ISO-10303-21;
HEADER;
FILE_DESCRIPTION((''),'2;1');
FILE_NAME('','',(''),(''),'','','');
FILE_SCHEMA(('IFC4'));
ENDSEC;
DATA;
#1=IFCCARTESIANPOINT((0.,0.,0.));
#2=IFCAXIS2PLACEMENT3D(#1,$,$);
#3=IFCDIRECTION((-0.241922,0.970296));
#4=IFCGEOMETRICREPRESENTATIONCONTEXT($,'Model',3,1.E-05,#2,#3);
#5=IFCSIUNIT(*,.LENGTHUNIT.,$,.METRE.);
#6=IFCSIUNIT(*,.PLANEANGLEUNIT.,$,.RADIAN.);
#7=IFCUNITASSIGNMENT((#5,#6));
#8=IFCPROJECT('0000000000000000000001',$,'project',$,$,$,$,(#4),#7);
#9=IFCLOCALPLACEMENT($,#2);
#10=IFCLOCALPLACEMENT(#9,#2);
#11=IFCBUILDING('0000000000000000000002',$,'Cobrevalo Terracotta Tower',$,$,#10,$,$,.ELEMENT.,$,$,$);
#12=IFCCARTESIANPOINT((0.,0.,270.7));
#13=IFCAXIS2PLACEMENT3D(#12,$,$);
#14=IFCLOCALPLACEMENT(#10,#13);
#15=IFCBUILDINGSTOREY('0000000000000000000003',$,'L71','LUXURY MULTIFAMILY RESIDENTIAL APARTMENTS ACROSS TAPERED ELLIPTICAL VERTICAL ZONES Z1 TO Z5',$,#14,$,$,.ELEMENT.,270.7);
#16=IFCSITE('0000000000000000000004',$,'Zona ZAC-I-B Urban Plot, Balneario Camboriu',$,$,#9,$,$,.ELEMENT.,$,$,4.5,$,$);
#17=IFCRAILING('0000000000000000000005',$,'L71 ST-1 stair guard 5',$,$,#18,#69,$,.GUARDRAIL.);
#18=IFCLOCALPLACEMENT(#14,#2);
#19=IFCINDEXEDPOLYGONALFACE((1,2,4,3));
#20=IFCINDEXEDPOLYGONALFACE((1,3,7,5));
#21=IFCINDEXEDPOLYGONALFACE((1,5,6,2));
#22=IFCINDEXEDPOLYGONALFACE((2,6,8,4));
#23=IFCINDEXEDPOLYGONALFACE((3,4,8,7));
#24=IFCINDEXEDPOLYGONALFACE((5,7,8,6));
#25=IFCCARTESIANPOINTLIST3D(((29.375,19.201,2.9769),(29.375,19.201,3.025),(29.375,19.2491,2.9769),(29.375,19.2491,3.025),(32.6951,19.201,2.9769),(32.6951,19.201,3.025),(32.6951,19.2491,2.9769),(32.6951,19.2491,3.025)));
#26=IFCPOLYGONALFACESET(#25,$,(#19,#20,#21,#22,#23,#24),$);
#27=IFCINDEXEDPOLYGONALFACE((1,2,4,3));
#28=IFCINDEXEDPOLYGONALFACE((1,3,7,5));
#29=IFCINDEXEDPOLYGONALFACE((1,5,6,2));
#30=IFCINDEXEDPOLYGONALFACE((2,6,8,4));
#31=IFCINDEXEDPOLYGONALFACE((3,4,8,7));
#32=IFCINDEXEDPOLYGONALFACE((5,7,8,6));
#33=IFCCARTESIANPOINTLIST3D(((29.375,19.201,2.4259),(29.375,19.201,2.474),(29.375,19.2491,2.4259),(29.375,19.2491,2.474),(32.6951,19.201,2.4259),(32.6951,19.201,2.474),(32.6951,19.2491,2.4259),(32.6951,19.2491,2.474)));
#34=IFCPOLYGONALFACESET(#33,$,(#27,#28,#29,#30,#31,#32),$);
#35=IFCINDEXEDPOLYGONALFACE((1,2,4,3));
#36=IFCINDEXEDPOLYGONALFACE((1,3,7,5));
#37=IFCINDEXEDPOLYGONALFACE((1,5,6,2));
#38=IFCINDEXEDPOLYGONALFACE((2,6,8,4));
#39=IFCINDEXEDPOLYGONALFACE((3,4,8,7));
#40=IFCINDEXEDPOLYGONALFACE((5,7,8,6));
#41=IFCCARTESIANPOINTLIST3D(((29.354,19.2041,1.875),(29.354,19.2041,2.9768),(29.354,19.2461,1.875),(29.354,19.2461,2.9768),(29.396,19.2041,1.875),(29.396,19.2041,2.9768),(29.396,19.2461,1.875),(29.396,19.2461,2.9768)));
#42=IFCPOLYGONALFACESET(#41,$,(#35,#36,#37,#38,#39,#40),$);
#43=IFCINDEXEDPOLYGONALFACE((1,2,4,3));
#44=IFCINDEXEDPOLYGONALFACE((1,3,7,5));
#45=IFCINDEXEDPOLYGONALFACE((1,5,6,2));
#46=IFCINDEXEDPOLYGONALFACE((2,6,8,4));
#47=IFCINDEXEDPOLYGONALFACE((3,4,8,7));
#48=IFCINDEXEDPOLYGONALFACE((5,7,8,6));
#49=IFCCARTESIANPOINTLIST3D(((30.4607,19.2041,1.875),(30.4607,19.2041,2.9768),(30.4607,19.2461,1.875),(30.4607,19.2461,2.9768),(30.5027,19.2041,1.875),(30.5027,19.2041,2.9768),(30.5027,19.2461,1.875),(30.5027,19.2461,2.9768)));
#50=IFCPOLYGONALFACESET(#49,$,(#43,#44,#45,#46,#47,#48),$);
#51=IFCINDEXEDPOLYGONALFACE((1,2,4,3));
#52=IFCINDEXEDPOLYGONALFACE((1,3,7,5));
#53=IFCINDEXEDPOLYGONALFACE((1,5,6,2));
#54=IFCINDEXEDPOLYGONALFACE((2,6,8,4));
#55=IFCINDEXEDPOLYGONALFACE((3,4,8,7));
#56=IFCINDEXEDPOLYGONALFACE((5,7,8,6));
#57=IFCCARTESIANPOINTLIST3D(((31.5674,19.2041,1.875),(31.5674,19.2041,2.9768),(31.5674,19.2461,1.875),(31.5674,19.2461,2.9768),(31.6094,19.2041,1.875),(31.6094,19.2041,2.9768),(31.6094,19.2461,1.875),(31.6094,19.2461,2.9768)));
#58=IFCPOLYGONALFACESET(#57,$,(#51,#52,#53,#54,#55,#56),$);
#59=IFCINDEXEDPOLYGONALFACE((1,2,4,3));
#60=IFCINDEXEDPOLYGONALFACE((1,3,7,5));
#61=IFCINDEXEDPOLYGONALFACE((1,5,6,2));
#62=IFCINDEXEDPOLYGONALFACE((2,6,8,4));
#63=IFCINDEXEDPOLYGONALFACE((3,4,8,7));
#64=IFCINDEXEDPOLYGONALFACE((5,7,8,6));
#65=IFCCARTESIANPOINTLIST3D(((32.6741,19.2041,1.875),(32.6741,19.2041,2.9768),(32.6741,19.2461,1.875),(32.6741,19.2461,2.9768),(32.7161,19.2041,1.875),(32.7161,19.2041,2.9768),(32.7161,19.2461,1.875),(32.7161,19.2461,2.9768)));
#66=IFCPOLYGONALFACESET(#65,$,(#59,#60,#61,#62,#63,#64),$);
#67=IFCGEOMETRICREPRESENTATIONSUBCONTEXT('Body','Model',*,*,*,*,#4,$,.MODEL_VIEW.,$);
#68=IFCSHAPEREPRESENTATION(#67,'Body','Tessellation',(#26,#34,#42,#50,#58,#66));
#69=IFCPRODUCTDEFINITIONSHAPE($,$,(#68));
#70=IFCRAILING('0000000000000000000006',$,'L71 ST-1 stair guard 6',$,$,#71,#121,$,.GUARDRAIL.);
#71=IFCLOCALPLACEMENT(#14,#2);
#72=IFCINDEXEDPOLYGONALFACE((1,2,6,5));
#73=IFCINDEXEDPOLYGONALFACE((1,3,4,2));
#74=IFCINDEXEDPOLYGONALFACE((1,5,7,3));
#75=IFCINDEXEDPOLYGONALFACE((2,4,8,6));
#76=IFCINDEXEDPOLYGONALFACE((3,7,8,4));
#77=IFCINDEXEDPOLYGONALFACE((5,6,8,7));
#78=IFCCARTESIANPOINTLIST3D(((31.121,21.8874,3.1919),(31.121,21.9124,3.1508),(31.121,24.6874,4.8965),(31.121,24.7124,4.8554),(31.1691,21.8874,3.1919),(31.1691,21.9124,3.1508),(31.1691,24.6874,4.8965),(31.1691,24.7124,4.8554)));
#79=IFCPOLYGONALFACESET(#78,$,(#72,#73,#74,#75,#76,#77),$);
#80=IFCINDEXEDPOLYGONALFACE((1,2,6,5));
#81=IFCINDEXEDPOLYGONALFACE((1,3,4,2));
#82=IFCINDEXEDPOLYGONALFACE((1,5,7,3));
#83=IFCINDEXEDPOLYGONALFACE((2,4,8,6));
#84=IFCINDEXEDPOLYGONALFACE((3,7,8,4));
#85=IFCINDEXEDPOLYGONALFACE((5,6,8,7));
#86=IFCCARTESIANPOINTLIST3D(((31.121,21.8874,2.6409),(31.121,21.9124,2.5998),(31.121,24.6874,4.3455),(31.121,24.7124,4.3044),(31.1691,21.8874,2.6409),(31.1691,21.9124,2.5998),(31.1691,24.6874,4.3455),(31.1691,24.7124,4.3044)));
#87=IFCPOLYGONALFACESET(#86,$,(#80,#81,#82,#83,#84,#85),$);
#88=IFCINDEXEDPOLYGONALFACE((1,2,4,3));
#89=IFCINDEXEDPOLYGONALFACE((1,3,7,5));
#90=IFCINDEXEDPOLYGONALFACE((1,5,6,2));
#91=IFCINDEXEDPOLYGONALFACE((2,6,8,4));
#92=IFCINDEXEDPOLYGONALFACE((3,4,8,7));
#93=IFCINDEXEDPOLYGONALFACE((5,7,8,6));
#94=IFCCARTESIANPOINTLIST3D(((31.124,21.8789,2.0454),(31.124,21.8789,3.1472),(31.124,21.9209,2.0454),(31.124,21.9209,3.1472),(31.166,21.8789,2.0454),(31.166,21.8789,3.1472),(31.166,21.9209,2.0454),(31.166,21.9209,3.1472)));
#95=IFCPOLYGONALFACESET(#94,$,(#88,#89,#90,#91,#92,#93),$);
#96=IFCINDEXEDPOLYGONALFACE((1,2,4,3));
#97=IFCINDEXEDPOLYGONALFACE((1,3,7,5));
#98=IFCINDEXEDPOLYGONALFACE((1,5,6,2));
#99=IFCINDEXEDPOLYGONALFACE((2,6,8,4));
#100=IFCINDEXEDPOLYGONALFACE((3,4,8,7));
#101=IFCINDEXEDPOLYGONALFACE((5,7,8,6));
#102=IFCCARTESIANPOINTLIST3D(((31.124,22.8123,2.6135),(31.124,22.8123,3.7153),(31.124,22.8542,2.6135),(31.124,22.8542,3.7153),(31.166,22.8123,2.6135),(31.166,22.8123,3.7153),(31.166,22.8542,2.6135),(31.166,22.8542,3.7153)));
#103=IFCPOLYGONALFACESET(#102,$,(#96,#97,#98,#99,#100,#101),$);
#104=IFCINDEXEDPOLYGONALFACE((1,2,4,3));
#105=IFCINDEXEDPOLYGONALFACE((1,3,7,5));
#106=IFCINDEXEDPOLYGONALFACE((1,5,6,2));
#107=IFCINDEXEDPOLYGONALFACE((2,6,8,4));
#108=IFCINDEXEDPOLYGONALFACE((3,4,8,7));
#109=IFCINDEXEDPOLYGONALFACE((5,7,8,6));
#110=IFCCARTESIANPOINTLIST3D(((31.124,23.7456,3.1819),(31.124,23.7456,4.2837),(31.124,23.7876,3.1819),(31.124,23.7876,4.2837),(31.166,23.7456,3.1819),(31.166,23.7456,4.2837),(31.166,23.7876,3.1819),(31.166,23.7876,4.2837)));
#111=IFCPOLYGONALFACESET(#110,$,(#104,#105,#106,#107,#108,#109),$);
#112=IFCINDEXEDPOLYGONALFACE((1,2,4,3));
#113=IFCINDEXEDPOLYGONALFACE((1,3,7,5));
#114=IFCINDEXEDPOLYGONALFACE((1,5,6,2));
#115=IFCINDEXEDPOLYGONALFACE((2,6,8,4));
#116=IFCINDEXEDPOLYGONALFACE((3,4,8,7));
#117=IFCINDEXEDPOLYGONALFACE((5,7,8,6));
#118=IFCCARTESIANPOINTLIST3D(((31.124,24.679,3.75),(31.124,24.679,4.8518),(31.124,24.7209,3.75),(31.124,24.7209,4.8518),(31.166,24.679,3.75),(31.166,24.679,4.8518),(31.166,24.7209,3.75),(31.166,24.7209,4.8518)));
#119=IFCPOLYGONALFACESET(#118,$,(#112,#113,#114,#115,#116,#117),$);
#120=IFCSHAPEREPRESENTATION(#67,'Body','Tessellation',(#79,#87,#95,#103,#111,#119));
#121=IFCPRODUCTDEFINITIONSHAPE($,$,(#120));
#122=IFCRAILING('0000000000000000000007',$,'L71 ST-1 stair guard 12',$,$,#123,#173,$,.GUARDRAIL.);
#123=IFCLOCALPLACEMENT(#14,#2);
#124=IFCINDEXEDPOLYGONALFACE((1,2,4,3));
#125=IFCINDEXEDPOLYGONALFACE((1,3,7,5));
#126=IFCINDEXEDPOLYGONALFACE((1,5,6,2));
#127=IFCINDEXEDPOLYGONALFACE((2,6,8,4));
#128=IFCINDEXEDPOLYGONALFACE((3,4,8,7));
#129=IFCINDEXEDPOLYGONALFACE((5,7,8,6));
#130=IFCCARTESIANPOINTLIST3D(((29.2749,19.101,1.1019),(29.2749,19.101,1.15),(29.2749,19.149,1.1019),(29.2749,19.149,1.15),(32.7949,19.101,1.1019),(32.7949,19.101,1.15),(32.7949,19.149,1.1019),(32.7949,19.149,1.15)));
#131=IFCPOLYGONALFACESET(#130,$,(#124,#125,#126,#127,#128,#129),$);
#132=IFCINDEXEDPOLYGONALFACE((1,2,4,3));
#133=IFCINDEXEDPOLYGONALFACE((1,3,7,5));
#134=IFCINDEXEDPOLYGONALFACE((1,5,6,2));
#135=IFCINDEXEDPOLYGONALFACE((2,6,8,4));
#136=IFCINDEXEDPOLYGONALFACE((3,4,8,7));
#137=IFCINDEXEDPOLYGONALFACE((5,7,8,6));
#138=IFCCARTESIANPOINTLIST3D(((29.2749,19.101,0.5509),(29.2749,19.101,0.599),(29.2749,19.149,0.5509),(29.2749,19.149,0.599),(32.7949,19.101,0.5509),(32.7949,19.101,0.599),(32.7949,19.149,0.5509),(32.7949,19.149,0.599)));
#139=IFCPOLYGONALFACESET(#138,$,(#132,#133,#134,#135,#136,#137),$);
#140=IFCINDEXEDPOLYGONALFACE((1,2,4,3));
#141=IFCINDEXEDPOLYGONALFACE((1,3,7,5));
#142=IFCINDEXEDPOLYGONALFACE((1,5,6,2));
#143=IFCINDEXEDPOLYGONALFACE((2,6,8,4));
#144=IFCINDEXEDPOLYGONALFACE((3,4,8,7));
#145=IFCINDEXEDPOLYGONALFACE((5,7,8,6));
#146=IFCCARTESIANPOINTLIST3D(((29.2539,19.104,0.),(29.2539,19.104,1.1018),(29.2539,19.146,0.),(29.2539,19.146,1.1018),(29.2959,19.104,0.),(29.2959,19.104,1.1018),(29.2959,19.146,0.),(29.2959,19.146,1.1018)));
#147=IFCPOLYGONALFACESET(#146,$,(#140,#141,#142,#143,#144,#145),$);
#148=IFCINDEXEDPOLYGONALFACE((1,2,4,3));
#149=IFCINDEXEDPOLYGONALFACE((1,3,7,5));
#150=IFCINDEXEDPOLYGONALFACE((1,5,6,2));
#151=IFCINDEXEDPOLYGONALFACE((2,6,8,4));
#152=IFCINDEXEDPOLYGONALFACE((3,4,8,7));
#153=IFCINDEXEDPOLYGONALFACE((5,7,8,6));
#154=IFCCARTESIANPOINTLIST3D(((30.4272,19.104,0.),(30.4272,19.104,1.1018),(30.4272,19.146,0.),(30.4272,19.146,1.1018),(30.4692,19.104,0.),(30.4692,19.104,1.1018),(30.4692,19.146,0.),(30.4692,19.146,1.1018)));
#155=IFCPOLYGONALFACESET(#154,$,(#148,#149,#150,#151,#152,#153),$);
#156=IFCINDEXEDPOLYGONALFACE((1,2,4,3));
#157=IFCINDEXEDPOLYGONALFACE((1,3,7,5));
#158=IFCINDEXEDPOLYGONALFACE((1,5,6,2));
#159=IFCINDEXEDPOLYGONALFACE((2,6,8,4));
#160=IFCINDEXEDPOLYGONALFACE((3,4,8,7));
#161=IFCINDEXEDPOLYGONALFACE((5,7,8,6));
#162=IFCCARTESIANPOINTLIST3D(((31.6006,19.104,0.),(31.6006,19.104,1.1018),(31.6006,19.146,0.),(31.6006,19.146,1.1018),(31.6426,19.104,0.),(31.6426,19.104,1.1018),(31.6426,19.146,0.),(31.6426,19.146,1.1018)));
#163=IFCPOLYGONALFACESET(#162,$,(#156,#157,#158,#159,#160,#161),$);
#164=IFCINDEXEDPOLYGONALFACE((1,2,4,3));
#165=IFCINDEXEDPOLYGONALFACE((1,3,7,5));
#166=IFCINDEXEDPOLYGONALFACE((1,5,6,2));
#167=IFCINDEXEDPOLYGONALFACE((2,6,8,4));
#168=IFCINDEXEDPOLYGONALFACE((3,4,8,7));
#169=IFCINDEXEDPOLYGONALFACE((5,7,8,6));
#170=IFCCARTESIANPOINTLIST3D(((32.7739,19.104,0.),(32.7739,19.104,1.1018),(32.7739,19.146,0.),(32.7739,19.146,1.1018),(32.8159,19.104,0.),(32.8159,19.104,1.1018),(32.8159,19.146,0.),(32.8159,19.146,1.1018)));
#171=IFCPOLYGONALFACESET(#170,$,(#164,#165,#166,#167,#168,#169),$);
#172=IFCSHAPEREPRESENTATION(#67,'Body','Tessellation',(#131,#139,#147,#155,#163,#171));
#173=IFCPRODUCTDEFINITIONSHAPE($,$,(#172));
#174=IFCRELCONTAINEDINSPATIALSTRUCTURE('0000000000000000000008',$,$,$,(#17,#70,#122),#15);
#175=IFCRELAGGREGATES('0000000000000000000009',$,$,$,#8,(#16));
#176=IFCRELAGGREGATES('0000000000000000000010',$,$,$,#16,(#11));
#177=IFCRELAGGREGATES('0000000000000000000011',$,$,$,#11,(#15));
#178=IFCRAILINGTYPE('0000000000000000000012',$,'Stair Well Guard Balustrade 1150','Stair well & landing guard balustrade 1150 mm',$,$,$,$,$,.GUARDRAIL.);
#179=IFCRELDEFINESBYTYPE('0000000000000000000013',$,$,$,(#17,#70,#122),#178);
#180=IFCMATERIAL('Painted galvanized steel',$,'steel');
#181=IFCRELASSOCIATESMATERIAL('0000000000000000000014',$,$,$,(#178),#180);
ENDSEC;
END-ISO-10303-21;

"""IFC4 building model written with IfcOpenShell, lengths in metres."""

from ifc_helpers import new_model, si_unit, direction, frame, origin, origin_2d, place, context, subcontext, project, spatial, rectangle, extrude, material, type_object, element, save


model = new_model("IFC4")

# Units and contexts
model_context = context("Model", 3, precision=1e-05, world=origin(), true_north=direction((-0.241922, 0.970296)))
body_context = subcontext(model_context, "Body", "Model", "MODEL_VIEW")
ifc_project = project(units=[si_unit("LENGTHUNIT", "METRE"), si_unit("PLANEANGLEUNIT", "RADIAN")], contexts=[model_context])

# Site, building, storey
site_placement = place(None, origin())
site = spatial("IfcSite", under=ifc_project, at=site_placement, Name="Zona ZAC-I-B Urban Plot, Balneario Camboriu", CompositionType="ELEMENT", RefElevation=4.5)
building_placement = place(site_placement, origin())
building = spatial("IfcBuilding", under=site, at=building_placement, Name="Cobrevalo Terracotta Tower", CompositionType="ELEMENT")
storey_placement = place(building_placement, frame((0.0, 0.0, 270.7)))
storey = spatial("IfcBuildingStorey", under=building, at=storey_placement, Name="L71", Description="LUXURY MULTIFAMILY RESIDENTIAL APARTMENTS ACROSS TAPERED ELLIPTICAL VERTICAL ZONES Z1 TO Z5", CompositionType="ELEMENT", Elevation=270.7)

# Railings
ifc_material_1 = material(Name="Painted galvanized steel", Category="steel")
railing_type_1 = type_object("IfcRailingType", Name="Stair Well Guard Balustrade 1150", Description="Stair well & landing guard balustrade 1150 mm", PredefinedType="GUARDRAIL", material=ifc_material_1)
railing_1_placement = place(storey_placement, frame((29.375, 19.2251, 1.875)))
element("IfcRailing", 1, at=railing_1_placement, inside=storey, type_object=railing_type_1, Name="L71 ST-1 stair guard 5", PredefinedType="GUARDRAIL", context=body_context, shape_type="SweptSolid", body=[
    extrude(rectangle(XDim=0.0481, YDim=0.0481, at=origin_2d()), frame((0.0, 0.0, 1.126), z_axis=(1.0, 0.0, 0.0), x_axis=(0.0, 1.0, 0.0)), (0.0, 0.0, 1.0), 3.3201),
    extrude(rectangle(XDim=0.0481, YDim=0.0481, at=origin_2d()), frame((0.0, 0.0, 0.575), z_axis=(1.0, 0.0, 0.0), x_axis=(0.0, 1.0, 0.0)), (0.0, 0.0, 1.0), 3.3201),
    extrude(rectangle(XDim=0.042, YDim=0.042, at=origin_2d()), origin(), (0.0, 0.0, 1.0), 1.1018),
    extrude(rectangle(XDim=0.042, YDim=0.042, at=origin_2d()), frame((1.1067, 0.0, 0.0)), (0.0, 0.0, 1.0), 1.1018),
    extrude(rectangle(XDim=0.042, YDim=0.042, at=origin_2d()), frame((2.2134, 0.0, 0.0)), (0.0, 0.0, 1.0), 1.1018),
    extrude(rectangle(XDim=0.042, YDim=0.042, at=origin_2d()), frame((3.3201, 0.0, 0.0)), (0.0, 0.0, 1.0), 1.1018),
])
railing_2_placement = place(storey_placement, frame((31.145, 21.8999, 2.0454)))
element("IfcRailing", 2, at=railing_2_placement, inside=storey, type_object=railing_type_1, Name="L71 ST-1 stair guard 6", PredefinedType="GUARDRAIL", context=body_context, shape_type="SweptSolid", body=[
    extrude(rectangle(XDim=0.0481, YDim=0.0481, at=origin_2d()), frame((0.0, 0.0, 1.126), z_axis=(0.0, 0.85417, 0.519994), x_axis=(-1.0, 0.0, 0.0)), (0.0, 0.0, 1.0), 3.2781),
    extrude(rectangle(XDim=0.0481, YDim=0.0481, at=origin_2d()), frame((0.0, 0.0, 0.575), z_axis=(0.0, 0.85417, 0.519994), x_axis=(-1.0, 0.0, 0.0)), (0.0, 0.0, 1.0), 3.2781),
    extrude(rectangle(XDim=0.042, YDim=0.042, at=origin_2d()), origin(), (0.0, 0.0, 1.0), 1.1018),
    extrude(rectangle(XDim=0.042, YDim=0.042, at=origin_2d()), frame((0.0, 0.9333, 0.5681)), (0.0, 0.0, 1.0), 1.1018),
    extrude(rectangle(XDim=0.042, YDim=0.042, at=origin_2d()), frame((0.0, 1.8667, 1.1365)), (0.0, 0.0, 1.0), 1.1018),
    extrude(rectangle(XDim=0.042, YDim=0.042, at=origin_2d()), frame((0.0, 2.8, 1.7046)), (0.0, 0.0, 1.0), 1.1018),
])
railing_3_placement = place(storey_placement, frame((29.2749, 19.125, 0.0)))
element("IfcRailing", 3, at=railing_3_placement, inside=storey, type_object=railing_type_1, Name="L71 ST-1 stair guard 12", PredefinedType="GUARDRAIL", context=body_context, shape_type="SweptSolid", body=[
    extrude(rectangle(XDim=0.0481, YDim=0.0481, at=origin_2d()), frame((0.0, 0.0, 1.126), z_axis=(1.0, 0.0, 0.0), x_axis=(0.0, 1.0, 0.0)), (0.0, 0.0, 1.0), 3.52),
    extrude(rectangle(XDim=0.0481, YDim=0.0481, at=origin_2d()), frame((0.0, 0.0, 0.575), z_axis=(1.0, 0.0, 0.0), x_axis=(0.0, 1.0, 0.0)), (0.0, 0.0, 1.0), 3.52),
    extrude(rectangle(XDim=0.042, YDim=0.042, at=origin_2d()), origin(), (0.0, 0.0, 1.0), 1.1018),
    extrude(rectangle(XDim=0.042, YDim=0.042, at=origin_2d()), frame((1.1733, 0.0, 0.0)), (0.0, 0.0, 1.0), 1.1018),
    extrude(rectangle(XDim=0.042, YDim=0.042, at=origin_2d()), frame((2.3467, 0.0, 0.0)), (0.0, 0.0, 1.0), 1.1018),
    extrude(rectangle(XDim=0.042, YDim=0.042, at=origin_2d()), frame((3.52, 0.0, 0.0)), (0.0, 0.0, 1.0), 1.1018),
])

save(model, "model.ifc")
